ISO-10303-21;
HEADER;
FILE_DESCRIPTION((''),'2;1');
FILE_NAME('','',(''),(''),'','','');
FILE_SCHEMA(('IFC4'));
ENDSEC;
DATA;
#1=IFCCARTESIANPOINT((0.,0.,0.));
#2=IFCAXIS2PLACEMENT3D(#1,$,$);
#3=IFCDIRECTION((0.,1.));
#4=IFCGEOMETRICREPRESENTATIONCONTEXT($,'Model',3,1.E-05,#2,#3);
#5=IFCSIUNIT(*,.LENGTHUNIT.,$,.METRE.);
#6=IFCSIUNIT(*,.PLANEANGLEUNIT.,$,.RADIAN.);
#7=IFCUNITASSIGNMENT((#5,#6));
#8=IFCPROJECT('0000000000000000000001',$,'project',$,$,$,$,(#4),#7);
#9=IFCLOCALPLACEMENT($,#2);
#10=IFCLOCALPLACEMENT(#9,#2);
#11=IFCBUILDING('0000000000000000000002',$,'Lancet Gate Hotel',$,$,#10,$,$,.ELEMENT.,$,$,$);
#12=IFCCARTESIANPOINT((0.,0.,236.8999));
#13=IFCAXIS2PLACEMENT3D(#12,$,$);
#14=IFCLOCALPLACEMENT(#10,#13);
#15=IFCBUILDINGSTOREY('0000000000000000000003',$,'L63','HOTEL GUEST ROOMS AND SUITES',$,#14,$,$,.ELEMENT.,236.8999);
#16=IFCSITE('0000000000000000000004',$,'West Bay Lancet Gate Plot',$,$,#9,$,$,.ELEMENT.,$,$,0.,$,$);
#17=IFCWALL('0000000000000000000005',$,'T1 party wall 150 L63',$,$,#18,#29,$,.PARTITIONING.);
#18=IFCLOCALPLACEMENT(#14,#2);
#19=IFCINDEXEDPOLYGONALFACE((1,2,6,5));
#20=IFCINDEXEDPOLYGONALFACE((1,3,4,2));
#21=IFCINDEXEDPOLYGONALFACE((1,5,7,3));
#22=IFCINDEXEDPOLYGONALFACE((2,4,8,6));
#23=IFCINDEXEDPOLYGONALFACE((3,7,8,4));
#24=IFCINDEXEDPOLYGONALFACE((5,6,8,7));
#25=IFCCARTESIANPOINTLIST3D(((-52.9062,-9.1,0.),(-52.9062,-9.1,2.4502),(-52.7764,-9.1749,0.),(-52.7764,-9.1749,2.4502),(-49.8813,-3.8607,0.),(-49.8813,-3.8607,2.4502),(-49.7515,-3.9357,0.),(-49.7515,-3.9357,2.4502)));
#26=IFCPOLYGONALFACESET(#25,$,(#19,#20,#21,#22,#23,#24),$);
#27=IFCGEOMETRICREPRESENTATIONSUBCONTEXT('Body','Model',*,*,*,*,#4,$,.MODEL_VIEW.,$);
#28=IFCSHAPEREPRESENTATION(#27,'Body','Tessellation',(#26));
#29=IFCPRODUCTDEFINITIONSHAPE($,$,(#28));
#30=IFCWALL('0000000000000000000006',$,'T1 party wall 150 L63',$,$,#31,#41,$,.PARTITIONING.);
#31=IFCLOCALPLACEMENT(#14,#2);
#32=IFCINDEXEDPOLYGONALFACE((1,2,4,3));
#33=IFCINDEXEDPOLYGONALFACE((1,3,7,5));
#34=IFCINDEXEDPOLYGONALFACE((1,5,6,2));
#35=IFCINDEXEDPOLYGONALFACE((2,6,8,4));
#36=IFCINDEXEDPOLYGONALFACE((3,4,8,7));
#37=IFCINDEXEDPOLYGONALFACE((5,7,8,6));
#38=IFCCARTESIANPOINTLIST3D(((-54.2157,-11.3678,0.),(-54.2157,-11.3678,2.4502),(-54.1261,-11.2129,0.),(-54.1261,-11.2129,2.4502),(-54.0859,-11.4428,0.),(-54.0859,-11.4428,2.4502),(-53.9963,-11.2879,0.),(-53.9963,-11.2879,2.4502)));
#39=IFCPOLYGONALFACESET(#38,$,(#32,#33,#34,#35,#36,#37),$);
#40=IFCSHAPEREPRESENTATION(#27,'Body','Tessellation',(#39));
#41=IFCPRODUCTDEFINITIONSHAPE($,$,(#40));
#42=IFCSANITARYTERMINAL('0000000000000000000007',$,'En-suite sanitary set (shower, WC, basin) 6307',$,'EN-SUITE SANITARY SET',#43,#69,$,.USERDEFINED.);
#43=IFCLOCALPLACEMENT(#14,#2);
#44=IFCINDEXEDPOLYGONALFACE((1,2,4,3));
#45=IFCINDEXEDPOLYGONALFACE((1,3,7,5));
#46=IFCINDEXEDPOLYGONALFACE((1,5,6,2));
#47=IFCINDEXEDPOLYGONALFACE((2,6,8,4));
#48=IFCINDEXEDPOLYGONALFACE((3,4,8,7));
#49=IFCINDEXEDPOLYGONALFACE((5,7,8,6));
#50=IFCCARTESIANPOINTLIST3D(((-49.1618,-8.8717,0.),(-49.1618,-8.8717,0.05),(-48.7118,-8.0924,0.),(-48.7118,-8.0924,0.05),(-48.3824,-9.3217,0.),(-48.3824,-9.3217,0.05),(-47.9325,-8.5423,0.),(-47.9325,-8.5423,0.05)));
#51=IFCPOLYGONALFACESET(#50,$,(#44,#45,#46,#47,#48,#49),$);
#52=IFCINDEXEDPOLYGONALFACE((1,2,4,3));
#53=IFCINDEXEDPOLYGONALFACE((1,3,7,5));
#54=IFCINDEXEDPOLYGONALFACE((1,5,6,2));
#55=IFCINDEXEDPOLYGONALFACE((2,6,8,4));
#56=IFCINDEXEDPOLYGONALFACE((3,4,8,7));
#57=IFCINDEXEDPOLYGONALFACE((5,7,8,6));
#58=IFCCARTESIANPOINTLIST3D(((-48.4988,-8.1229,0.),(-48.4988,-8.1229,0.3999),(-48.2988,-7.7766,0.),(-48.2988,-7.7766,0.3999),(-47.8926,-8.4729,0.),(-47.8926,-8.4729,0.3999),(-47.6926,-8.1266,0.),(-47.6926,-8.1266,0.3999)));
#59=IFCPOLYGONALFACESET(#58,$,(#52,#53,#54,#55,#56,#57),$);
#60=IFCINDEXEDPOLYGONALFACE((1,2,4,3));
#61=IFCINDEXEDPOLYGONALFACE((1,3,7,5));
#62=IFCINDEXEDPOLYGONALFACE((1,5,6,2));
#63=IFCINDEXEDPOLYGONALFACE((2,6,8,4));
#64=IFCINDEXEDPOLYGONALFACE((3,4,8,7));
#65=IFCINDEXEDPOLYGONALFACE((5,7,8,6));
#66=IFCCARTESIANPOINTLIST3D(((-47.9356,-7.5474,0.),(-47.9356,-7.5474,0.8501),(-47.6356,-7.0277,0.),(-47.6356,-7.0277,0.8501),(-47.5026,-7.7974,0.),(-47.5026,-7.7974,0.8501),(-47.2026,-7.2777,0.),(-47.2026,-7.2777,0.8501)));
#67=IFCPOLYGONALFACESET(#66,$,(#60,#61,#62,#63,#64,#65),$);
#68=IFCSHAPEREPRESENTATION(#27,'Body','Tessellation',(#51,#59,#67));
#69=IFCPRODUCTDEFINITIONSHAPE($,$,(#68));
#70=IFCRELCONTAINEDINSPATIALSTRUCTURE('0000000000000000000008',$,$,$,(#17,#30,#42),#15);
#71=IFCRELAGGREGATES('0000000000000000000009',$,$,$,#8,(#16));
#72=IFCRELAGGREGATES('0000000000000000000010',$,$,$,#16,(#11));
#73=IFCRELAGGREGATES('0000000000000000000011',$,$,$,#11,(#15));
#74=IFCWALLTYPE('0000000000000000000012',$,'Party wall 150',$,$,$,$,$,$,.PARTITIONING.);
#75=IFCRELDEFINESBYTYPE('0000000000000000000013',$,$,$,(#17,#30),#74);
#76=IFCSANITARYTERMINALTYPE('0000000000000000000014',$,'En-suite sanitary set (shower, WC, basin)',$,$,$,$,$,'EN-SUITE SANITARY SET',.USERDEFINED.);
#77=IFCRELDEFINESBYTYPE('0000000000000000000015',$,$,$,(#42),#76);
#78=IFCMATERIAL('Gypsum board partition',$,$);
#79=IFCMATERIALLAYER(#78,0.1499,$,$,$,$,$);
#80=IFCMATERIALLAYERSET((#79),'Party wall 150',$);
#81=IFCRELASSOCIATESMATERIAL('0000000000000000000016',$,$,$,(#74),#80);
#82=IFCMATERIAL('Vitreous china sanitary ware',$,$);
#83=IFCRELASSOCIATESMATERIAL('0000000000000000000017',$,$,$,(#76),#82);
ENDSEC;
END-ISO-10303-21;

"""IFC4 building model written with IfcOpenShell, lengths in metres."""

from ifc_helpers import new_model, si_unit, direction, frame, frame_2d, origin, origin_2d, place, context, subcontext, project, spatial, rectangle, extrude, material, layer, layer_set, type_object, element, save


model = new_model("IFC4")

# Units and contexts
model_context = context("Model", 3, precision=1e-05, world=origin(), true_north=direction((0.0, 1.0)))
body_context = subcontext(model_context, "Body", "Model", "MODEL_VIEW")
ifc_project = project(units=[si_unit("LENGTHUNIT", "METRE"), si_unit("PLANEANGLEUNIT", "RADIAN")], contexts=[model_context])

# Site, building, storey
site_placement = place(None, origin())
site = spatial("IfcSite", under=ifc_project, at=site_placement, Name="West Bay Lancet Gate Plot", CompositionType="ELEMENT", RefElevation=0.0)
building_placement = place(site_placement, origin())
building = spatial("IfcBuilding", under=site, at=building_placement, Name="Lancet Gate Hotel", CompositionType="ELEMENT")
storey_placement = place(building_placement, frame((0.0, 0.0, 236.8999)))
storey = spatial("IfcBuildingStorey", under=building, at=storey_placement, Name="L63", Description="HOTEL GUEST ROOMS AND SUITES", CompositionType="ELEMENT", Elevation=236.8999)

# Walls
ifc_material_1 = material(Name="Gypsum board partition")
ifc_layer_1 = layer(ifc_material_1, 0.1499)
ifc_layer_set_1 = layer_set([ifc_layer_1], Name="Party wall 150")
wall_type_1 = type_object("IfcWallType", Name="Party wall 150", PredefinedType="PARTITIONING", material=ifc_layer_set_1)
wall_1_placement = place(storey_placement, frame((-49.8164, -3.8982, 0.0), z_axis=(0.0, 0.0, 1.0), x_axis=(-0.500002, -0.866024, 0.0)))
element("IfcWall", 1, at=wall_1_placement, inside=storey, type_object=wall_type_1, Name="T1 party wall 150 L63", PredefinedType="PARTITIONING", context=body_context, shape_type="SweptSolid", body=[
    extrude(rectangle(XDim=6.0498, YDim=0.1499, at=frame_2d((3.0249, 0.0))), origin(), (0.0, 0.0, 1.0), 2.4502),
])
wall_2_placement = place(storey_placement, frame((-54.0613, -11.2505, 0.0), z_axis=(0.0, 0.0, 1.0), x_axis=(-0.500391, -0.865799, 0.0)))
element("IfcWall", 2, at=wall_2_placement, inside=storey, type_object=wall_type_1, Name="T1 party wall 150 L63", PredefinedType="PARTITIONING", context=body_context, shape_type="SweptSolid", body=[
    extrude(rectangle(XDim=0.179, YDim=0.1499, at=frame_2d((0.0894, 0.0))), origin(), (0.0, 0.0, 1.0), 2.4502),
])

# Sanitary terminal
ifc_material_2 = material(Name="Vitreous china sanitary ware")
sanitary_terminal_type = type_object("IfcSanitaryTerminalType", Name="En-suite sanitary set (shower, WC, basin)", ElementType="EN-SUITE SANITARY SET", PredefinedType="USERDEFINED", material=ifc_material_2)
sanitary_terminal_placement = place(storey_placement, frame((-48.5471, -8.707, 0.0), z_axis=(0.0, 0.0, 1.0), x_axis=(1.0, 0.0, 0.0)))
element("IfcSanitaryTerminal", 3, at=sanitary_terminal_placement, inside=storey, type_object=sanitary_terminal_type, Name="En-suite sanitary set (shower, WC, basin) 6307", ObjectType="EN-SUITE SANITARY SET", PredefinedType="USERDEFINED", context=body_context, shape_type="SweptSolid", body=[
    extrude(rectangle(XDim=0.8999, YDim=0.8999, at=origin_2d()), frame((0.0, 0.0, 0.0), z_axis=(0.0, 0.0, 1.0), x_axis=(-0.5, -0.866025, 0.0)), (0.0, 0.0, 1.0), 0.05),
    extrude(rectangle(XDim=0.3999, YDim=0.7, at=origin_2d()), frame((0.4514, 0.5823, 0.0), z_axis=(0.0, 0.0, 1.0), x_axis=(-0.5, -0.866025, 0.0)), (0.0, 0.0, 1.0), 0.3999),
    extrude(rectangle(XDim=0.6001, YDim=0.5, at=origin_2d()), frame((0.978, 1.2944, 0.0), z_axis=(0.0, 0.0, 1.0), x_axis=(-0.5, -0.866025, 0.0)), (0.0, 0.0, 1.0), 0.8501),
])

save(model, "model.ifc")
